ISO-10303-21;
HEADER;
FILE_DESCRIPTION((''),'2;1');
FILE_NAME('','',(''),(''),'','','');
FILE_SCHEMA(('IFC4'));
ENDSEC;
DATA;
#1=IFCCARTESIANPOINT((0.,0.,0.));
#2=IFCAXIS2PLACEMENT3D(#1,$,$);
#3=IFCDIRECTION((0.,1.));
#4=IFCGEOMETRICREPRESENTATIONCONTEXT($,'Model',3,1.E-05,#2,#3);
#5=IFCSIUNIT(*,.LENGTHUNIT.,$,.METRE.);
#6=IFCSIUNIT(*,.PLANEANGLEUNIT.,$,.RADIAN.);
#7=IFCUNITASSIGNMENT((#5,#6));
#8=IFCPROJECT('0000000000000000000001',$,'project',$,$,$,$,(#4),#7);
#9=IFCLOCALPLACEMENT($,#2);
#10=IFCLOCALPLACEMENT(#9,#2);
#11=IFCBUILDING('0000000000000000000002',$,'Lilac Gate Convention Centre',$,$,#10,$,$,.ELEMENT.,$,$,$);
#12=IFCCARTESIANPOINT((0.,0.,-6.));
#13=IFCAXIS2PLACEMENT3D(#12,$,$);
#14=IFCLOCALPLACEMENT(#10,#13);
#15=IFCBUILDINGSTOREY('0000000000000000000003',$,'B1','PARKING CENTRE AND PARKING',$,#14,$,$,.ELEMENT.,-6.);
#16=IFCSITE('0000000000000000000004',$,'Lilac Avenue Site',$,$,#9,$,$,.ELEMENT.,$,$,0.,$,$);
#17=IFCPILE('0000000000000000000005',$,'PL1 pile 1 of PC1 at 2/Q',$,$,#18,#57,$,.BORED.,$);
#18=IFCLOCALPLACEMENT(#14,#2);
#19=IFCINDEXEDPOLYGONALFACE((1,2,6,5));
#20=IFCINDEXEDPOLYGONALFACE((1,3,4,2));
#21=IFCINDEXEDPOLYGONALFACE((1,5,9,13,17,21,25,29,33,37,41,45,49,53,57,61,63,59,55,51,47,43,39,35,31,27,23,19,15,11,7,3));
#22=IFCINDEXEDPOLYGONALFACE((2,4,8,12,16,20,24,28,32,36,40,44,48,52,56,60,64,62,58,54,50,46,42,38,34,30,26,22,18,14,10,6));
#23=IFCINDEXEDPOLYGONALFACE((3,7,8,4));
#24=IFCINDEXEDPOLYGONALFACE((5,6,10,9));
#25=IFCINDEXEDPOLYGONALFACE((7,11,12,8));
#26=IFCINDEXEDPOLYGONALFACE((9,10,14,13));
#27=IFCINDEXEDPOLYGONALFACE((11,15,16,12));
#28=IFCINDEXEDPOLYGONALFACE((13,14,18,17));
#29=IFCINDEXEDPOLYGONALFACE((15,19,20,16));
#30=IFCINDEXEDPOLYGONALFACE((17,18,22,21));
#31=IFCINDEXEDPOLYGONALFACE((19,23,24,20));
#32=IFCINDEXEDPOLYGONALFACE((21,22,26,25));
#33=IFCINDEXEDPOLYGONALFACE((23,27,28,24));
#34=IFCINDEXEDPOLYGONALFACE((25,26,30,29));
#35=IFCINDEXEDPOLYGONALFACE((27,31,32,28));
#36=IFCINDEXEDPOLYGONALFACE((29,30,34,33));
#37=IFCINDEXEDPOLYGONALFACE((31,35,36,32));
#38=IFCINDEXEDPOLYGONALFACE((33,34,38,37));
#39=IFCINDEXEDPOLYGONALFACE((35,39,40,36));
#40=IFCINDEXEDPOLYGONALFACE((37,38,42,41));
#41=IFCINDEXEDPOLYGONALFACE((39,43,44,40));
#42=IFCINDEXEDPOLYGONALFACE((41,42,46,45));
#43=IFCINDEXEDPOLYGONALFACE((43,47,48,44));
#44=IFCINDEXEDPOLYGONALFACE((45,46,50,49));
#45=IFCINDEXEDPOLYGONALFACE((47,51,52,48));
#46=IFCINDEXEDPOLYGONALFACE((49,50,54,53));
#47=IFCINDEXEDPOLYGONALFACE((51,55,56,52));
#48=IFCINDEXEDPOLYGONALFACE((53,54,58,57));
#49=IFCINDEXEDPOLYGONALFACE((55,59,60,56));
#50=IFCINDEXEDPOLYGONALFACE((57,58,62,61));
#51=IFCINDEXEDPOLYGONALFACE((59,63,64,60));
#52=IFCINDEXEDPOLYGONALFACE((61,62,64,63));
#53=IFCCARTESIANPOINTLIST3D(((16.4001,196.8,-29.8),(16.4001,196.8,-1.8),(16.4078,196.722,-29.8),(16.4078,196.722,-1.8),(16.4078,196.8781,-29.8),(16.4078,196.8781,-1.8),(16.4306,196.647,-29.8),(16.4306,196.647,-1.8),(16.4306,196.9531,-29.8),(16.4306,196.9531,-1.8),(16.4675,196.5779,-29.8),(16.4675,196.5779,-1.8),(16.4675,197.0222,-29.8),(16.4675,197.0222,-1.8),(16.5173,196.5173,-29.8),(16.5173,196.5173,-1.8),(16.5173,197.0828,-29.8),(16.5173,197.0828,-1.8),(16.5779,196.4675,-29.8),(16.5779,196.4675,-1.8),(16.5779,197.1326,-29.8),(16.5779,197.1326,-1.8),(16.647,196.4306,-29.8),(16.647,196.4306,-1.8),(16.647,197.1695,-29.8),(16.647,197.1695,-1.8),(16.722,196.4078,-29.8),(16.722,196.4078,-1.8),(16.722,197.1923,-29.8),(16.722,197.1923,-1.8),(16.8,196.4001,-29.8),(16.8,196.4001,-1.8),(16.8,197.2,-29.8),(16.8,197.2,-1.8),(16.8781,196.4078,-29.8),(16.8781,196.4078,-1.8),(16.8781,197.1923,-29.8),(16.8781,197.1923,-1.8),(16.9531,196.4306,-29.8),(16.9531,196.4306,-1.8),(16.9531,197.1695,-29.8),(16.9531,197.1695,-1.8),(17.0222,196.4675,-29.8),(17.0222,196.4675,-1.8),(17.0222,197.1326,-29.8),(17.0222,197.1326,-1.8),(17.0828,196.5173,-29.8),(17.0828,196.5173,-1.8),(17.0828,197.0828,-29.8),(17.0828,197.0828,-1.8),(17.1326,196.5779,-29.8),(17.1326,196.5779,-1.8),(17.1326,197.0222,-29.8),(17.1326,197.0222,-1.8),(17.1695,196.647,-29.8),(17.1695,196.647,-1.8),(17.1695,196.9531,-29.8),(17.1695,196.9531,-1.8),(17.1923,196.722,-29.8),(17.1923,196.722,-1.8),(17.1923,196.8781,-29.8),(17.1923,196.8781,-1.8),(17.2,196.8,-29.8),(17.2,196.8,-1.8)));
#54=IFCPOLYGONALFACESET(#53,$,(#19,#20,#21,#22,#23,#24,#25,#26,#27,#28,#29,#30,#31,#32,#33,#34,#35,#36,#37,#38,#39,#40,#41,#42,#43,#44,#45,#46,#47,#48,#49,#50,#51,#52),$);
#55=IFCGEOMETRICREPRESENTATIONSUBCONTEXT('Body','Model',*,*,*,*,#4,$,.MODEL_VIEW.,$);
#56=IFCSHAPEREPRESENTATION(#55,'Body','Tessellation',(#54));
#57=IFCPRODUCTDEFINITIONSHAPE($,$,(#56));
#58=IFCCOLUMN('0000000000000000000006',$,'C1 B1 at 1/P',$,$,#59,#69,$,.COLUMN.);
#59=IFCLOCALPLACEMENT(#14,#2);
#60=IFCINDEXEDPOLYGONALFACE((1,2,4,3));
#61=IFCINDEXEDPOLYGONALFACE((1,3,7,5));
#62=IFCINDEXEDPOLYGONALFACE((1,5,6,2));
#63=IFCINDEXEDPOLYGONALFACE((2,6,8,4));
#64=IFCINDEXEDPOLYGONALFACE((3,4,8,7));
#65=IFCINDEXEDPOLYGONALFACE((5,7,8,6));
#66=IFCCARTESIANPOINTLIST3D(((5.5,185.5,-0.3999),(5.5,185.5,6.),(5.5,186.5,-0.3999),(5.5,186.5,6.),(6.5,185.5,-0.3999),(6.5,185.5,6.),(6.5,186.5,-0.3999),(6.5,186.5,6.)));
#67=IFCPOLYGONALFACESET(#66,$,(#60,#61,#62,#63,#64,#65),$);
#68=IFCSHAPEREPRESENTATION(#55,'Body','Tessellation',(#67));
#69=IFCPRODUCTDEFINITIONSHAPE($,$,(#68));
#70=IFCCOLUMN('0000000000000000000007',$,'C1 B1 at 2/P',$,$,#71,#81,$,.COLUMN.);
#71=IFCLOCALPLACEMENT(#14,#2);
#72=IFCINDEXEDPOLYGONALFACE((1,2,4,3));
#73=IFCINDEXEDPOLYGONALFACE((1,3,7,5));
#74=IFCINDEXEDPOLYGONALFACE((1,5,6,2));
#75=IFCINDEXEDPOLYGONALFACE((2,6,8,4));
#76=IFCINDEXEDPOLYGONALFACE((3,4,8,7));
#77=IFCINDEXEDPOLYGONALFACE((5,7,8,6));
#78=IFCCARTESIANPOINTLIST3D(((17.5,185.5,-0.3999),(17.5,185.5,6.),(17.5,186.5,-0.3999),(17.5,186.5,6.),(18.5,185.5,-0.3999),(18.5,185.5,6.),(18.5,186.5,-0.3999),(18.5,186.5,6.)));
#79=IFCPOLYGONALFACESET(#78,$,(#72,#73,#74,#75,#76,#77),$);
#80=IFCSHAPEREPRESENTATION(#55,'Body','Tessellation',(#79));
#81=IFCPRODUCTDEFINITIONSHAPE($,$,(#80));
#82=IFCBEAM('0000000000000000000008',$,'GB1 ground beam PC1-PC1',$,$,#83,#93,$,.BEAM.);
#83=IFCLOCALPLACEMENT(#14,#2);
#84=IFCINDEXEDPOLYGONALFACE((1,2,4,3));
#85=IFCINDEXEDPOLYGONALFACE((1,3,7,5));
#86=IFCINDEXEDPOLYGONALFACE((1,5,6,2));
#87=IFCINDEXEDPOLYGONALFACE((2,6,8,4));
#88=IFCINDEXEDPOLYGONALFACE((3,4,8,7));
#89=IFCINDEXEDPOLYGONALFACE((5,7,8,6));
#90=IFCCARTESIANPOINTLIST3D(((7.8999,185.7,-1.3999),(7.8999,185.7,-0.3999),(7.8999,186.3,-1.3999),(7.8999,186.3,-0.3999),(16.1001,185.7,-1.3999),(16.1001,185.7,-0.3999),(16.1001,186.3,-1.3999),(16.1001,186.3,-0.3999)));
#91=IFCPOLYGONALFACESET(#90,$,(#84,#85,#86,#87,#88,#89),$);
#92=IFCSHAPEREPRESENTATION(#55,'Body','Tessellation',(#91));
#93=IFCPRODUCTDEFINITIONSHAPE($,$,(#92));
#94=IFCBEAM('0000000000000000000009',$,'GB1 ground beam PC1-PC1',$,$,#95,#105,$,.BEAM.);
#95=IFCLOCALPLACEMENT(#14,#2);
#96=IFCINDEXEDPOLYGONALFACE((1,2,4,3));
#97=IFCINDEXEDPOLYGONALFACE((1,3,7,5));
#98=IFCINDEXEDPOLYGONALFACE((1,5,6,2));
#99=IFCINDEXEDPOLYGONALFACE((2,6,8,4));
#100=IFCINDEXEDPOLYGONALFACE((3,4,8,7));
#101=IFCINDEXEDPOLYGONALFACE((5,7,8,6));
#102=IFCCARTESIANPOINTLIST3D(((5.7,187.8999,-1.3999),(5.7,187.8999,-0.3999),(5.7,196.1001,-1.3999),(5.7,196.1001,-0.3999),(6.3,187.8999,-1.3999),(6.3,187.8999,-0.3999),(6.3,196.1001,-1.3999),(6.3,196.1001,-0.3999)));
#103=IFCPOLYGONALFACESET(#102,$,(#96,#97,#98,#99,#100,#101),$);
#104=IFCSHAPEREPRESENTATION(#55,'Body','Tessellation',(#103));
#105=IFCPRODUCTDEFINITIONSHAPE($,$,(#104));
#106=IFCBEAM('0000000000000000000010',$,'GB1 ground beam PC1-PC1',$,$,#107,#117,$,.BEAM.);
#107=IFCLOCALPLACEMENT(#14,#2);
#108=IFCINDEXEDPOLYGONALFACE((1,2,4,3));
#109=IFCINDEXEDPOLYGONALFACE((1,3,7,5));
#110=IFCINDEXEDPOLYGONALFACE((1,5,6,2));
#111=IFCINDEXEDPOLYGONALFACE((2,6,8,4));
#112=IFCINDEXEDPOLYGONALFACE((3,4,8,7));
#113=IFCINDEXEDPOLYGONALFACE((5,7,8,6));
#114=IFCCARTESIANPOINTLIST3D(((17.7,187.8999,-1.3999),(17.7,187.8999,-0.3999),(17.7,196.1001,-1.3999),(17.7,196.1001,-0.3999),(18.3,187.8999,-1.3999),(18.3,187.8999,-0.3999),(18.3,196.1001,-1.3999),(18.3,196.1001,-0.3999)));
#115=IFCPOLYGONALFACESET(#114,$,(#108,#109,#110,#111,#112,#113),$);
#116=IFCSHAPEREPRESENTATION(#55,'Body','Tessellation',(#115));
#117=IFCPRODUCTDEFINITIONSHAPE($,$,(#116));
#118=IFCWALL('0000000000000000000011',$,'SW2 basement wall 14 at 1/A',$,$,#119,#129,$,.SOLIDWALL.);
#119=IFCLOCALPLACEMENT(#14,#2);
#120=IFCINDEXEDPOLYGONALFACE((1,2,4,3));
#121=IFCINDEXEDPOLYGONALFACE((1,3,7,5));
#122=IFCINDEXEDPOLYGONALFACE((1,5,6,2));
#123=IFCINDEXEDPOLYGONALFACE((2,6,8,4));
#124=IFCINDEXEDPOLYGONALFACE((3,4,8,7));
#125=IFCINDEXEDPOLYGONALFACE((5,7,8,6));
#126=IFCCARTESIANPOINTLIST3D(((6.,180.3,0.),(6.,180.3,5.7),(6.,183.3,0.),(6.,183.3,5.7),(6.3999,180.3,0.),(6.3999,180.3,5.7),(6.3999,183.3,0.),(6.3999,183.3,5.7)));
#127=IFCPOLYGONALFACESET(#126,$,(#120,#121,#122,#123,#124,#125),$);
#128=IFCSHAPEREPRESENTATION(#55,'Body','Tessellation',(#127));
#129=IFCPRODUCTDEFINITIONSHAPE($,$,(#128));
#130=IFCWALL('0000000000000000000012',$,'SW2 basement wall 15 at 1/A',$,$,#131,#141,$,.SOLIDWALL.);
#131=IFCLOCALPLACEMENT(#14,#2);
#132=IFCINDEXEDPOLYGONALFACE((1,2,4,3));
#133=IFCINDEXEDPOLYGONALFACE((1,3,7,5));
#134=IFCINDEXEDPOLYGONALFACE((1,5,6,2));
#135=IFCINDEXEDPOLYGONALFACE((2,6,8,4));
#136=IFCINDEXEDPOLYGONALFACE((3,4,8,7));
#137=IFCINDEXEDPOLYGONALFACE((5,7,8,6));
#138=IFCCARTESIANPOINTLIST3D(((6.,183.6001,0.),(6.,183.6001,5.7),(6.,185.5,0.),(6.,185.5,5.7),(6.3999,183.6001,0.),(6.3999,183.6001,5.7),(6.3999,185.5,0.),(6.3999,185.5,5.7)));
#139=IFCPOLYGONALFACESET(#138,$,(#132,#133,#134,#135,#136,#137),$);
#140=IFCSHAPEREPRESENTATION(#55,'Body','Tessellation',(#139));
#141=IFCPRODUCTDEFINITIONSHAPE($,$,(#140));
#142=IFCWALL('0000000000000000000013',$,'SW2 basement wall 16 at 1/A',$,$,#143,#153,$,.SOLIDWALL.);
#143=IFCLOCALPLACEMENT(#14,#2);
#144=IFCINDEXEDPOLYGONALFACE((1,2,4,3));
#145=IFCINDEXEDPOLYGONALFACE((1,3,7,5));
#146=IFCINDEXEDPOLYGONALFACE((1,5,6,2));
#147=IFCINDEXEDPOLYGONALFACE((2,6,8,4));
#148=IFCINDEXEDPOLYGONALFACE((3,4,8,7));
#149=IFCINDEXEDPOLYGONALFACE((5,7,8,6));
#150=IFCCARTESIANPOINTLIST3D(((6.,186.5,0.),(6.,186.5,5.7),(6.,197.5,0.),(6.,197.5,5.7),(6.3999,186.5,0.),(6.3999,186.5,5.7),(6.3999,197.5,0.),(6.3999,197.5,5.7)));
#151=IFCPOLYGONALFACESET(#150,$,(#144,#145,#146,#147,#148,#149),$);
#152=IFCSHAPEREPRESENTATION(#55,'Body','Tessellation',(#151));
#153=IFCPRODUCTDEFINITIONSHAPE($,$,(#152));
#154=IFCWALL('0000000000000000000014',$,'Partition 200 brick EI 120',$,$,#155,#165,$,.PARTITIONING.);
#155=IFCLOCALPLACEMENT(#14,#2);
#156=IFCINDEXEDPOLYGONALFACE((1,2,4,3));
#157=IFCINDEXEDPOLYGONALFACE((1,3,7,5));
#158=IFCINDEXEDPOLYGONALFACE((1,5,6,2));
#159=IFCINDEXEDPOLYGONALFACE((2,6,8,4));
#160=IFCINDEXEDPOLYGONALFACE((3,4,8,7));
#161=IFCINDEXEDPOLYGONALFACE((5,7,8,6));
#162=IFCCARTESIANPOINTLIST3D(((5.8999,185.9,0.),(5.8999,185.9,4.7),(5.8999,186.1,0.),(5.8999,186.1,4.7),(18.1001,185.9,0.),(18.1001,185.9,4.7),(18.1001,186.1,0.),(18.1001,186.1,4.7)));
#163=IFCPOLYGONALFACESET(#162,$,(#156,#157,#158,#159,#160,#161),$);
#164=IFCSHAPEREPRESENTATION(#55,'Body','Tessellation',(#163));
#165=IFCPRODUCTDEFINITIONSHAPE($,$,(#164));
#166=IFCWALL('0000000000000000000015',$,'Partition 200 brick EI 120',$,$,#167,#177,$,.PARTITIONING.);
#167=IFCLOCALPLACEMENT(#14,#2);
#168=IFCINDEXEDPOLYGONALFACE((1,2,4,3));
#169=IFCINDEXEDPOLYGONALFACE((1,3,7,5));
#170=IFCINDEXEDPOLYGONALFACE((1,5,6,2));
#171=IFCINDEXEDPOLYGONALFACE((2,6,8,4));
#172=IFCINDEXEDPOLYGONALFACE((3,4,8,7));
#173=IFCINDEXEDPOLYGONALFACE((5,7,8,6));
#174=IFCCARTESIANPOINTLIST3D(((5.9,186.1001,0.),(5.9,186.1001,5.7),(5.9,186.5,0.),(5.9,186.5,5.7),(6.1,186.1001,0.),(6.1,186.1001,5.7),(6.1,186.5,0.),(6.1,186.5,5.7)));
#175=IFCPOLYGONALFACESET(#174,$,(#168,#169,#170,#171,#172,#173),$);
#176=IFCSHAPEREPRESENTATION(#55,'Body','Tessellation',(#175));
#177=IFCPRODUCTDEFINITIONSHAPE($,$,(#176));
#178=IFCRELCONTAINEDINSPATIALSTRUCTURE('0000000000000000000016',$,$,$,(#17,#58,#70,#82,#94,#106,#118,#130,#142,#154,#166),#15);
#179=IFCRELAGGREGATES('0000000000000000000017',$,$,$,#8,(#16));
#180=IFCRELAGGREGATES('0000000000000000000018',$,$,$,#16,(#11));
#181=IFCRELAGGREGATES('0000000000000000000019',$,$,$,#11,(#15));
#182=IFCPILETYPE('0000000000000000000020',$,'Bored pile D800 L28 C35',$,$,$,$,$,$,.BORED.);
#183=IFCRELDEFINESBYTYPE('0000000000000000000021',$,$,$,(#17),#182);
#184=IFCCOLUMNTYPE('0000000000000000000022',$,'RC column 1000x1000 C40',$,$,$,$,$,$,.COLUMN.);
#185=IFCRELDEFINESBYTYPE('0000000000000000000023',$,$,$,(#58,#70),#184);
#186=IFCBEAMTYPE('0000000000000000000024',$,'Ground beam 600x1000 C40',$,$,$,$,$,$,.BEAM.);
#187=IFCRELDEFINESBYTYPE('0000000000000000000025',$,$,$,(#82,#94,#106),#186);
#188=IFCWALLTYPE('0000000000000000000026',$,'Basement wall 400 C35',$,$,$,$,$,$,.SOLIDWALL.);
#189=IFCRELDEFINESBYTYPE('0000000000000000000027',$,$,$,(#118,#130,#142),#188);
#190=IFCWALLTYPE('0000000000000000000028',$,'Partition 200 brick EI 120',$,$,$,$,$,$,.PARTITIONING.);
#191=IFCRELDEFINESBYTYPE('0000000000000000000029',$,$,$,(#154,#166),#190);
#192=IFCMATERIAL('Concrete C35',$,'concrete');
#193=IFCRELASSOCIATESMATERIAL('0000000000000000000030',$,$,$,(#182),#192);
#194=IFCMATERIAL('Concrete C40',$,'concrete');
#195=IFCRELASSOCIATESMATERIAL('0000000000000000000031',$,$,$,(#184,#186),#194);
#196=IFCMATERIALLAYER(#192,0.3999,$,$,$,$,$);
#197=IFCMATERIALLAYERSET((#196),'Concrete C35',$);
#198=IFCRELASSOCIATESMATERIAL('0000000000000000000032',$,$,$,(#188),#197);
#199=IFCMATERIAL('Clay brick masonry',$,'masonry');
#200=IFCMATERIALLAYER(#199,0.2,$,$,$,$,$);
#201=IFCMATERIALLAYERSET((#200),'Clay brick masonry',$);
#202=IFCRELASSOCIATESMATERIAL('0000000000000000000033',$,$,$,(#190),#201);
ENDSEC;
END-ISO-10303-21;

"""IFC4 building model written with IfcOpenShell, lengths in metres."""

from ifc_helpers import new_model, si_unit, direction, frame, frame_2d, origin, origin_2d, place, context, subcontext, project, spatial, rectangle, circle, extrude, material, layer, layer_set, material_profile, profile_set, type_object, element, save


model = new_model("IFC4")

# Units and contexts
model_context = context("Model", 3, precision=1e-05, world=origin(), true_north=direction((0.0, 1.0)))
body_context = subcontext(model_context, "Body", "Model", "MODEL_VIEW")
ifc_project = project(units=[si_unit("LENGTHUNIT", "METRE"), si_unit("PLANEANGLEUNIT", "RADIAN")], contexts=[model_context])

# Site, building, storey
site_placement = place(None, origin())
site = spatial("IfcSite", under=ifc_project, at=site_placement, Name="Lilac Avenue Site", CompositionType="ELEMENT", RefElevation=0.0)
building_placement = place(site_placement, origin())
building = spatial("IfcBuilding", under=site, at=building_placement, Name="Lilac Gate Convention Centre", CompositionType="ELEMENT")
storey_placement = place(building_placement, frame((0.0, 0.0, -6.0)))
storey = spatial("IfcBuildingStorey", under=building, at=storey_placement, Name="B1", Description="PARKING CENTRE AND PARKING", CompositionType="ELEMENT", Elevation=-6.0)

# Pile
ifc_material_1 = material(Name="Concrete C35", Category="concrete")
ifc_material_profile_1 = material_profile(ifc_material_1, circle(Radius=0.3999, at=origin_2d()), Name="D800")
ifc_profile_set_1 = profile_set([ifc_material_profile_1], Name="Concrete C35")
pile_type = type_object("IfcPileType", Name="Bored pile D800 L28 C35", PredefinedType="BORED", material=ifc_profile_set_1)
for number, where, z_axis, x_axis, name in (
    (1, (16.8, 196.8, -1.8), (0.0, 0.0, -1.0), (1.0, 0.0, 0.0), "PL1 pile 1 of PC1 at 2/Q"),
):
    element("IfcPile", number, at=place(storey_placement, frame(where, z_axis=z_axis, x_axis=x_axis)), inside=storey, type_object=pile_type, Name=name, PredefinedType="BORED", context=body_context, shape_type="SweptSolid", body=[
        extrude(circle(Radius=0.3999, at=origin_2d()), origin(), (0.0, 0.0, 1.0), 28.0),
    ])

# Columns
ifc_material_2 = material(Name="Concrete C40", Category="concrete")
ifc_material_profile_2 = material_profile(ifc_material_2, rectangle(XDim=1.0, YDim=1.0, at=origin_2d()), Name="RC 1000x1000")
ifc_profile_set_2 = profile_set([ifc_material_profile_2], Name="Concrete C40")
column_type = type_object("IfcColumnType", Name="RC column 1000x1000 C40", PredefinedType="COLUMN", material=ifc_profile_set_2)
for number, where, z_axis, x_axis, name in (
    (2, (6.0, 186.0, -0.3999), (0.0, 0.0, 1.0), (1.0, 0.0, 0.0), "C1 B1 at 1/P"),
    (3, (18.0, 186.0, -0.3999), (0.0, 0.0, 1.0), (1.0, 0.0, 0.0), "C1 B1 at 2/P"),
):
    element("IfcColumn", number, at=place(storey_placement, frame(where, z_axis=z_axis, x_axis=x_axis)), inside=storey, type_object=column_type, Name=name, PredefinedType="COLUMN", context=body_context, shape_type="SweptSolid", body=[
        extrude(rectangle(XDim=1.0, YDim=1.0, at=origin_2d()), origin(), (0.0, 0.0, 1.0), 6.3999),
    ])

# Beams
ifc_material_profile_3 = material_profile(ifc_material_2, rectangle(XDim=0.6001, YDim=1.0, at=origin_2d()), Name="RC 600x1000")
ifc_profile_set_3 = profile_set([ifc_material_profile_3], Name="Concrete C40")
beam_type = type_object("IfcBeamType", Name="Ground beam 600x1000 C40", PredefinedType="BEAM", material=ifc_profile_set_3)
for number, where, z_axis, x_axis, name in (
    (4, (7.8999, 186.0, -0.8999), (1.0, 0.0, 0.0), (0.0, 1.0, 0.0), "GB1 ground beam PC1-PC1"),
    (5, (6.0, 187.8999, -0.8999), (0.0, 1.0, 0.0), (-1.0, 0.0, 0.0), "GB1 ground beam PC1-PC1"),
    (6, (18.0, 187.8999, -0.8999), (0.0, 1.0, 0.0), (-1.0, 0.0, 0.0), "GB1 ground beam PC1-PC1"),
):
    element("IfcBeam", number, at=place(storey_placement, frame(where, z_axis=z_axis, x_axis=x_axis)), inside=storey, type_object=beam_type, Name=name, PredefinedType="BEAM", context=body_context, shape_type="SweptSolid", body=[
        extrude(rectangle(XDim=0.6001, YDim=1.0, at=origin_2d()), origin(), (0.0, 0.0, 1.0), 8.2002),
    ])

# Walls
ifc_layer_1 = layer(ifc_material_1, 0.3999)
ifc_layer_set_1 = layer_set([ifc_layer_1], Name="Concrete C35")
wall_type_1 = type_object("IfcWallType", Name="Basement wall 400 C35", PredefinedType="SOLIDWALL", material=ifc_layer_set_1)
wall_1_placement = place(storey_placement, frame((6.2, 180.3, 0.0), z_axis=(0.0, 0.0, 1.0), x_axis=(0.0, 1.0, 0.0)))
element("IfcWall", 7, at=wall_1_placement, inside=storey, type_object=wall_type_1, Name="SW2 basement wall 14 at 1/A", PredefinedType="SOLIDWALL", context=body_context, shape_type="SweptSolid", body=[
    extrude(rectangle(XDim=3.0, YDim=0.3999, at=frame_2d((1.5, 0.0))), origin(), (0.0, 0.0, 1.0), 5.7),
])
wall_2_placement = place(storey_placement, frame((6.2, 183.6001, 0.0), z_axis=(0.0, 0.0, 1.0), x_axis=(0.0, 1.0, 0.0)))
element("IfcWall", 8, at=wall_2_placement, inside=storey, type_object=wall_type_1, Name="SW2 basement wall 15 at 1/A", PredefinedType="SOLIDWALL", context=body_context, shape_type="SweptSolid", body=[
    extrude(rectangle(XDim=1.8999, YDim=0.3999, at=frame_2d((0.95, 0.0))), origin(), (0.0, 0.0, 1.0), 5.7),
])
wall_3_placement = place(storey_placement, frame((6.2, 186.5, 0.0), z_axis=(0.0, 0.0, 1.0), x_axis=(0.0, 1.0, 0.0)))
element("IfcWall", 9, at=wall_3_placement, inside=storey, type_object=wall_type_1, Name="SW2 basement wall 16 at 1/A", PredefinedType="SOLIDWALL", context=body_context, shape_type="SweptSolid", body=[
    extrude(rectangle(XDim=11.0, YDim=0.3999, at=frame_2d((5.5, 0.0))), origin(), (0.0, 0.0, 1.0), 5.7),
])
ifc_material_3 = material(Name="Clay brick masonry", Category="masonry")
ifc_layer_2 = layer(ifc_material_3, 0.2)
ifc_layer_set_2 = layer_set([ifc_layer_2], Name="Clay brick masonry")
wall_type_2 = type_object("IfcWallType", Name="Partition 200 brick EI 120", PredefinedType="PARTITIONING", material=ifc_layer_set_2)
wall_4_placement = place(storey_placement, frame((5.8999, 186.0, 0.0), z_axis=(0.0, 0.0, 1.0), x_axis=(1.0, 0.0, 0.0)))
element("IfcWall", 10, at=wall_4_placement, inside=storey, type_object=wall_type_2, Name="Partition 200 brick EI 120", PredefinedType="PARTITIONING", context=body_context, shape_type="SweptSolid", body=[
    extrude(rectangle(XDim=12.2002, YDim=0.2, at=frame_2d((6.1001, 0.0))), origin(), (0.0, 0.0, 1.0), 4.7),
])
wall_5_placement = place(storey_placement, frame((6.0, 186.1001, 0.0), z_axis=(0.0, 0.0, 1.0), x_axis=(0.0, 1.0, 0.0)))
element("IfcWall", 11, at=wall_5_placement, inside=storey, type_object=wall_type_2, Name="Partition 200 brick EI 120", PredefinedType="PARTITIONING", context=body_context, shape_type="SweptSolid", body=[
    extrude(rectangle(XDim=0.3999, YDim=0.2, at=frame_2d((0.2, 0.0))), origin(), (0.0, 0.0, 1.0), 5.7),
])

save(model, "model.ifc")
